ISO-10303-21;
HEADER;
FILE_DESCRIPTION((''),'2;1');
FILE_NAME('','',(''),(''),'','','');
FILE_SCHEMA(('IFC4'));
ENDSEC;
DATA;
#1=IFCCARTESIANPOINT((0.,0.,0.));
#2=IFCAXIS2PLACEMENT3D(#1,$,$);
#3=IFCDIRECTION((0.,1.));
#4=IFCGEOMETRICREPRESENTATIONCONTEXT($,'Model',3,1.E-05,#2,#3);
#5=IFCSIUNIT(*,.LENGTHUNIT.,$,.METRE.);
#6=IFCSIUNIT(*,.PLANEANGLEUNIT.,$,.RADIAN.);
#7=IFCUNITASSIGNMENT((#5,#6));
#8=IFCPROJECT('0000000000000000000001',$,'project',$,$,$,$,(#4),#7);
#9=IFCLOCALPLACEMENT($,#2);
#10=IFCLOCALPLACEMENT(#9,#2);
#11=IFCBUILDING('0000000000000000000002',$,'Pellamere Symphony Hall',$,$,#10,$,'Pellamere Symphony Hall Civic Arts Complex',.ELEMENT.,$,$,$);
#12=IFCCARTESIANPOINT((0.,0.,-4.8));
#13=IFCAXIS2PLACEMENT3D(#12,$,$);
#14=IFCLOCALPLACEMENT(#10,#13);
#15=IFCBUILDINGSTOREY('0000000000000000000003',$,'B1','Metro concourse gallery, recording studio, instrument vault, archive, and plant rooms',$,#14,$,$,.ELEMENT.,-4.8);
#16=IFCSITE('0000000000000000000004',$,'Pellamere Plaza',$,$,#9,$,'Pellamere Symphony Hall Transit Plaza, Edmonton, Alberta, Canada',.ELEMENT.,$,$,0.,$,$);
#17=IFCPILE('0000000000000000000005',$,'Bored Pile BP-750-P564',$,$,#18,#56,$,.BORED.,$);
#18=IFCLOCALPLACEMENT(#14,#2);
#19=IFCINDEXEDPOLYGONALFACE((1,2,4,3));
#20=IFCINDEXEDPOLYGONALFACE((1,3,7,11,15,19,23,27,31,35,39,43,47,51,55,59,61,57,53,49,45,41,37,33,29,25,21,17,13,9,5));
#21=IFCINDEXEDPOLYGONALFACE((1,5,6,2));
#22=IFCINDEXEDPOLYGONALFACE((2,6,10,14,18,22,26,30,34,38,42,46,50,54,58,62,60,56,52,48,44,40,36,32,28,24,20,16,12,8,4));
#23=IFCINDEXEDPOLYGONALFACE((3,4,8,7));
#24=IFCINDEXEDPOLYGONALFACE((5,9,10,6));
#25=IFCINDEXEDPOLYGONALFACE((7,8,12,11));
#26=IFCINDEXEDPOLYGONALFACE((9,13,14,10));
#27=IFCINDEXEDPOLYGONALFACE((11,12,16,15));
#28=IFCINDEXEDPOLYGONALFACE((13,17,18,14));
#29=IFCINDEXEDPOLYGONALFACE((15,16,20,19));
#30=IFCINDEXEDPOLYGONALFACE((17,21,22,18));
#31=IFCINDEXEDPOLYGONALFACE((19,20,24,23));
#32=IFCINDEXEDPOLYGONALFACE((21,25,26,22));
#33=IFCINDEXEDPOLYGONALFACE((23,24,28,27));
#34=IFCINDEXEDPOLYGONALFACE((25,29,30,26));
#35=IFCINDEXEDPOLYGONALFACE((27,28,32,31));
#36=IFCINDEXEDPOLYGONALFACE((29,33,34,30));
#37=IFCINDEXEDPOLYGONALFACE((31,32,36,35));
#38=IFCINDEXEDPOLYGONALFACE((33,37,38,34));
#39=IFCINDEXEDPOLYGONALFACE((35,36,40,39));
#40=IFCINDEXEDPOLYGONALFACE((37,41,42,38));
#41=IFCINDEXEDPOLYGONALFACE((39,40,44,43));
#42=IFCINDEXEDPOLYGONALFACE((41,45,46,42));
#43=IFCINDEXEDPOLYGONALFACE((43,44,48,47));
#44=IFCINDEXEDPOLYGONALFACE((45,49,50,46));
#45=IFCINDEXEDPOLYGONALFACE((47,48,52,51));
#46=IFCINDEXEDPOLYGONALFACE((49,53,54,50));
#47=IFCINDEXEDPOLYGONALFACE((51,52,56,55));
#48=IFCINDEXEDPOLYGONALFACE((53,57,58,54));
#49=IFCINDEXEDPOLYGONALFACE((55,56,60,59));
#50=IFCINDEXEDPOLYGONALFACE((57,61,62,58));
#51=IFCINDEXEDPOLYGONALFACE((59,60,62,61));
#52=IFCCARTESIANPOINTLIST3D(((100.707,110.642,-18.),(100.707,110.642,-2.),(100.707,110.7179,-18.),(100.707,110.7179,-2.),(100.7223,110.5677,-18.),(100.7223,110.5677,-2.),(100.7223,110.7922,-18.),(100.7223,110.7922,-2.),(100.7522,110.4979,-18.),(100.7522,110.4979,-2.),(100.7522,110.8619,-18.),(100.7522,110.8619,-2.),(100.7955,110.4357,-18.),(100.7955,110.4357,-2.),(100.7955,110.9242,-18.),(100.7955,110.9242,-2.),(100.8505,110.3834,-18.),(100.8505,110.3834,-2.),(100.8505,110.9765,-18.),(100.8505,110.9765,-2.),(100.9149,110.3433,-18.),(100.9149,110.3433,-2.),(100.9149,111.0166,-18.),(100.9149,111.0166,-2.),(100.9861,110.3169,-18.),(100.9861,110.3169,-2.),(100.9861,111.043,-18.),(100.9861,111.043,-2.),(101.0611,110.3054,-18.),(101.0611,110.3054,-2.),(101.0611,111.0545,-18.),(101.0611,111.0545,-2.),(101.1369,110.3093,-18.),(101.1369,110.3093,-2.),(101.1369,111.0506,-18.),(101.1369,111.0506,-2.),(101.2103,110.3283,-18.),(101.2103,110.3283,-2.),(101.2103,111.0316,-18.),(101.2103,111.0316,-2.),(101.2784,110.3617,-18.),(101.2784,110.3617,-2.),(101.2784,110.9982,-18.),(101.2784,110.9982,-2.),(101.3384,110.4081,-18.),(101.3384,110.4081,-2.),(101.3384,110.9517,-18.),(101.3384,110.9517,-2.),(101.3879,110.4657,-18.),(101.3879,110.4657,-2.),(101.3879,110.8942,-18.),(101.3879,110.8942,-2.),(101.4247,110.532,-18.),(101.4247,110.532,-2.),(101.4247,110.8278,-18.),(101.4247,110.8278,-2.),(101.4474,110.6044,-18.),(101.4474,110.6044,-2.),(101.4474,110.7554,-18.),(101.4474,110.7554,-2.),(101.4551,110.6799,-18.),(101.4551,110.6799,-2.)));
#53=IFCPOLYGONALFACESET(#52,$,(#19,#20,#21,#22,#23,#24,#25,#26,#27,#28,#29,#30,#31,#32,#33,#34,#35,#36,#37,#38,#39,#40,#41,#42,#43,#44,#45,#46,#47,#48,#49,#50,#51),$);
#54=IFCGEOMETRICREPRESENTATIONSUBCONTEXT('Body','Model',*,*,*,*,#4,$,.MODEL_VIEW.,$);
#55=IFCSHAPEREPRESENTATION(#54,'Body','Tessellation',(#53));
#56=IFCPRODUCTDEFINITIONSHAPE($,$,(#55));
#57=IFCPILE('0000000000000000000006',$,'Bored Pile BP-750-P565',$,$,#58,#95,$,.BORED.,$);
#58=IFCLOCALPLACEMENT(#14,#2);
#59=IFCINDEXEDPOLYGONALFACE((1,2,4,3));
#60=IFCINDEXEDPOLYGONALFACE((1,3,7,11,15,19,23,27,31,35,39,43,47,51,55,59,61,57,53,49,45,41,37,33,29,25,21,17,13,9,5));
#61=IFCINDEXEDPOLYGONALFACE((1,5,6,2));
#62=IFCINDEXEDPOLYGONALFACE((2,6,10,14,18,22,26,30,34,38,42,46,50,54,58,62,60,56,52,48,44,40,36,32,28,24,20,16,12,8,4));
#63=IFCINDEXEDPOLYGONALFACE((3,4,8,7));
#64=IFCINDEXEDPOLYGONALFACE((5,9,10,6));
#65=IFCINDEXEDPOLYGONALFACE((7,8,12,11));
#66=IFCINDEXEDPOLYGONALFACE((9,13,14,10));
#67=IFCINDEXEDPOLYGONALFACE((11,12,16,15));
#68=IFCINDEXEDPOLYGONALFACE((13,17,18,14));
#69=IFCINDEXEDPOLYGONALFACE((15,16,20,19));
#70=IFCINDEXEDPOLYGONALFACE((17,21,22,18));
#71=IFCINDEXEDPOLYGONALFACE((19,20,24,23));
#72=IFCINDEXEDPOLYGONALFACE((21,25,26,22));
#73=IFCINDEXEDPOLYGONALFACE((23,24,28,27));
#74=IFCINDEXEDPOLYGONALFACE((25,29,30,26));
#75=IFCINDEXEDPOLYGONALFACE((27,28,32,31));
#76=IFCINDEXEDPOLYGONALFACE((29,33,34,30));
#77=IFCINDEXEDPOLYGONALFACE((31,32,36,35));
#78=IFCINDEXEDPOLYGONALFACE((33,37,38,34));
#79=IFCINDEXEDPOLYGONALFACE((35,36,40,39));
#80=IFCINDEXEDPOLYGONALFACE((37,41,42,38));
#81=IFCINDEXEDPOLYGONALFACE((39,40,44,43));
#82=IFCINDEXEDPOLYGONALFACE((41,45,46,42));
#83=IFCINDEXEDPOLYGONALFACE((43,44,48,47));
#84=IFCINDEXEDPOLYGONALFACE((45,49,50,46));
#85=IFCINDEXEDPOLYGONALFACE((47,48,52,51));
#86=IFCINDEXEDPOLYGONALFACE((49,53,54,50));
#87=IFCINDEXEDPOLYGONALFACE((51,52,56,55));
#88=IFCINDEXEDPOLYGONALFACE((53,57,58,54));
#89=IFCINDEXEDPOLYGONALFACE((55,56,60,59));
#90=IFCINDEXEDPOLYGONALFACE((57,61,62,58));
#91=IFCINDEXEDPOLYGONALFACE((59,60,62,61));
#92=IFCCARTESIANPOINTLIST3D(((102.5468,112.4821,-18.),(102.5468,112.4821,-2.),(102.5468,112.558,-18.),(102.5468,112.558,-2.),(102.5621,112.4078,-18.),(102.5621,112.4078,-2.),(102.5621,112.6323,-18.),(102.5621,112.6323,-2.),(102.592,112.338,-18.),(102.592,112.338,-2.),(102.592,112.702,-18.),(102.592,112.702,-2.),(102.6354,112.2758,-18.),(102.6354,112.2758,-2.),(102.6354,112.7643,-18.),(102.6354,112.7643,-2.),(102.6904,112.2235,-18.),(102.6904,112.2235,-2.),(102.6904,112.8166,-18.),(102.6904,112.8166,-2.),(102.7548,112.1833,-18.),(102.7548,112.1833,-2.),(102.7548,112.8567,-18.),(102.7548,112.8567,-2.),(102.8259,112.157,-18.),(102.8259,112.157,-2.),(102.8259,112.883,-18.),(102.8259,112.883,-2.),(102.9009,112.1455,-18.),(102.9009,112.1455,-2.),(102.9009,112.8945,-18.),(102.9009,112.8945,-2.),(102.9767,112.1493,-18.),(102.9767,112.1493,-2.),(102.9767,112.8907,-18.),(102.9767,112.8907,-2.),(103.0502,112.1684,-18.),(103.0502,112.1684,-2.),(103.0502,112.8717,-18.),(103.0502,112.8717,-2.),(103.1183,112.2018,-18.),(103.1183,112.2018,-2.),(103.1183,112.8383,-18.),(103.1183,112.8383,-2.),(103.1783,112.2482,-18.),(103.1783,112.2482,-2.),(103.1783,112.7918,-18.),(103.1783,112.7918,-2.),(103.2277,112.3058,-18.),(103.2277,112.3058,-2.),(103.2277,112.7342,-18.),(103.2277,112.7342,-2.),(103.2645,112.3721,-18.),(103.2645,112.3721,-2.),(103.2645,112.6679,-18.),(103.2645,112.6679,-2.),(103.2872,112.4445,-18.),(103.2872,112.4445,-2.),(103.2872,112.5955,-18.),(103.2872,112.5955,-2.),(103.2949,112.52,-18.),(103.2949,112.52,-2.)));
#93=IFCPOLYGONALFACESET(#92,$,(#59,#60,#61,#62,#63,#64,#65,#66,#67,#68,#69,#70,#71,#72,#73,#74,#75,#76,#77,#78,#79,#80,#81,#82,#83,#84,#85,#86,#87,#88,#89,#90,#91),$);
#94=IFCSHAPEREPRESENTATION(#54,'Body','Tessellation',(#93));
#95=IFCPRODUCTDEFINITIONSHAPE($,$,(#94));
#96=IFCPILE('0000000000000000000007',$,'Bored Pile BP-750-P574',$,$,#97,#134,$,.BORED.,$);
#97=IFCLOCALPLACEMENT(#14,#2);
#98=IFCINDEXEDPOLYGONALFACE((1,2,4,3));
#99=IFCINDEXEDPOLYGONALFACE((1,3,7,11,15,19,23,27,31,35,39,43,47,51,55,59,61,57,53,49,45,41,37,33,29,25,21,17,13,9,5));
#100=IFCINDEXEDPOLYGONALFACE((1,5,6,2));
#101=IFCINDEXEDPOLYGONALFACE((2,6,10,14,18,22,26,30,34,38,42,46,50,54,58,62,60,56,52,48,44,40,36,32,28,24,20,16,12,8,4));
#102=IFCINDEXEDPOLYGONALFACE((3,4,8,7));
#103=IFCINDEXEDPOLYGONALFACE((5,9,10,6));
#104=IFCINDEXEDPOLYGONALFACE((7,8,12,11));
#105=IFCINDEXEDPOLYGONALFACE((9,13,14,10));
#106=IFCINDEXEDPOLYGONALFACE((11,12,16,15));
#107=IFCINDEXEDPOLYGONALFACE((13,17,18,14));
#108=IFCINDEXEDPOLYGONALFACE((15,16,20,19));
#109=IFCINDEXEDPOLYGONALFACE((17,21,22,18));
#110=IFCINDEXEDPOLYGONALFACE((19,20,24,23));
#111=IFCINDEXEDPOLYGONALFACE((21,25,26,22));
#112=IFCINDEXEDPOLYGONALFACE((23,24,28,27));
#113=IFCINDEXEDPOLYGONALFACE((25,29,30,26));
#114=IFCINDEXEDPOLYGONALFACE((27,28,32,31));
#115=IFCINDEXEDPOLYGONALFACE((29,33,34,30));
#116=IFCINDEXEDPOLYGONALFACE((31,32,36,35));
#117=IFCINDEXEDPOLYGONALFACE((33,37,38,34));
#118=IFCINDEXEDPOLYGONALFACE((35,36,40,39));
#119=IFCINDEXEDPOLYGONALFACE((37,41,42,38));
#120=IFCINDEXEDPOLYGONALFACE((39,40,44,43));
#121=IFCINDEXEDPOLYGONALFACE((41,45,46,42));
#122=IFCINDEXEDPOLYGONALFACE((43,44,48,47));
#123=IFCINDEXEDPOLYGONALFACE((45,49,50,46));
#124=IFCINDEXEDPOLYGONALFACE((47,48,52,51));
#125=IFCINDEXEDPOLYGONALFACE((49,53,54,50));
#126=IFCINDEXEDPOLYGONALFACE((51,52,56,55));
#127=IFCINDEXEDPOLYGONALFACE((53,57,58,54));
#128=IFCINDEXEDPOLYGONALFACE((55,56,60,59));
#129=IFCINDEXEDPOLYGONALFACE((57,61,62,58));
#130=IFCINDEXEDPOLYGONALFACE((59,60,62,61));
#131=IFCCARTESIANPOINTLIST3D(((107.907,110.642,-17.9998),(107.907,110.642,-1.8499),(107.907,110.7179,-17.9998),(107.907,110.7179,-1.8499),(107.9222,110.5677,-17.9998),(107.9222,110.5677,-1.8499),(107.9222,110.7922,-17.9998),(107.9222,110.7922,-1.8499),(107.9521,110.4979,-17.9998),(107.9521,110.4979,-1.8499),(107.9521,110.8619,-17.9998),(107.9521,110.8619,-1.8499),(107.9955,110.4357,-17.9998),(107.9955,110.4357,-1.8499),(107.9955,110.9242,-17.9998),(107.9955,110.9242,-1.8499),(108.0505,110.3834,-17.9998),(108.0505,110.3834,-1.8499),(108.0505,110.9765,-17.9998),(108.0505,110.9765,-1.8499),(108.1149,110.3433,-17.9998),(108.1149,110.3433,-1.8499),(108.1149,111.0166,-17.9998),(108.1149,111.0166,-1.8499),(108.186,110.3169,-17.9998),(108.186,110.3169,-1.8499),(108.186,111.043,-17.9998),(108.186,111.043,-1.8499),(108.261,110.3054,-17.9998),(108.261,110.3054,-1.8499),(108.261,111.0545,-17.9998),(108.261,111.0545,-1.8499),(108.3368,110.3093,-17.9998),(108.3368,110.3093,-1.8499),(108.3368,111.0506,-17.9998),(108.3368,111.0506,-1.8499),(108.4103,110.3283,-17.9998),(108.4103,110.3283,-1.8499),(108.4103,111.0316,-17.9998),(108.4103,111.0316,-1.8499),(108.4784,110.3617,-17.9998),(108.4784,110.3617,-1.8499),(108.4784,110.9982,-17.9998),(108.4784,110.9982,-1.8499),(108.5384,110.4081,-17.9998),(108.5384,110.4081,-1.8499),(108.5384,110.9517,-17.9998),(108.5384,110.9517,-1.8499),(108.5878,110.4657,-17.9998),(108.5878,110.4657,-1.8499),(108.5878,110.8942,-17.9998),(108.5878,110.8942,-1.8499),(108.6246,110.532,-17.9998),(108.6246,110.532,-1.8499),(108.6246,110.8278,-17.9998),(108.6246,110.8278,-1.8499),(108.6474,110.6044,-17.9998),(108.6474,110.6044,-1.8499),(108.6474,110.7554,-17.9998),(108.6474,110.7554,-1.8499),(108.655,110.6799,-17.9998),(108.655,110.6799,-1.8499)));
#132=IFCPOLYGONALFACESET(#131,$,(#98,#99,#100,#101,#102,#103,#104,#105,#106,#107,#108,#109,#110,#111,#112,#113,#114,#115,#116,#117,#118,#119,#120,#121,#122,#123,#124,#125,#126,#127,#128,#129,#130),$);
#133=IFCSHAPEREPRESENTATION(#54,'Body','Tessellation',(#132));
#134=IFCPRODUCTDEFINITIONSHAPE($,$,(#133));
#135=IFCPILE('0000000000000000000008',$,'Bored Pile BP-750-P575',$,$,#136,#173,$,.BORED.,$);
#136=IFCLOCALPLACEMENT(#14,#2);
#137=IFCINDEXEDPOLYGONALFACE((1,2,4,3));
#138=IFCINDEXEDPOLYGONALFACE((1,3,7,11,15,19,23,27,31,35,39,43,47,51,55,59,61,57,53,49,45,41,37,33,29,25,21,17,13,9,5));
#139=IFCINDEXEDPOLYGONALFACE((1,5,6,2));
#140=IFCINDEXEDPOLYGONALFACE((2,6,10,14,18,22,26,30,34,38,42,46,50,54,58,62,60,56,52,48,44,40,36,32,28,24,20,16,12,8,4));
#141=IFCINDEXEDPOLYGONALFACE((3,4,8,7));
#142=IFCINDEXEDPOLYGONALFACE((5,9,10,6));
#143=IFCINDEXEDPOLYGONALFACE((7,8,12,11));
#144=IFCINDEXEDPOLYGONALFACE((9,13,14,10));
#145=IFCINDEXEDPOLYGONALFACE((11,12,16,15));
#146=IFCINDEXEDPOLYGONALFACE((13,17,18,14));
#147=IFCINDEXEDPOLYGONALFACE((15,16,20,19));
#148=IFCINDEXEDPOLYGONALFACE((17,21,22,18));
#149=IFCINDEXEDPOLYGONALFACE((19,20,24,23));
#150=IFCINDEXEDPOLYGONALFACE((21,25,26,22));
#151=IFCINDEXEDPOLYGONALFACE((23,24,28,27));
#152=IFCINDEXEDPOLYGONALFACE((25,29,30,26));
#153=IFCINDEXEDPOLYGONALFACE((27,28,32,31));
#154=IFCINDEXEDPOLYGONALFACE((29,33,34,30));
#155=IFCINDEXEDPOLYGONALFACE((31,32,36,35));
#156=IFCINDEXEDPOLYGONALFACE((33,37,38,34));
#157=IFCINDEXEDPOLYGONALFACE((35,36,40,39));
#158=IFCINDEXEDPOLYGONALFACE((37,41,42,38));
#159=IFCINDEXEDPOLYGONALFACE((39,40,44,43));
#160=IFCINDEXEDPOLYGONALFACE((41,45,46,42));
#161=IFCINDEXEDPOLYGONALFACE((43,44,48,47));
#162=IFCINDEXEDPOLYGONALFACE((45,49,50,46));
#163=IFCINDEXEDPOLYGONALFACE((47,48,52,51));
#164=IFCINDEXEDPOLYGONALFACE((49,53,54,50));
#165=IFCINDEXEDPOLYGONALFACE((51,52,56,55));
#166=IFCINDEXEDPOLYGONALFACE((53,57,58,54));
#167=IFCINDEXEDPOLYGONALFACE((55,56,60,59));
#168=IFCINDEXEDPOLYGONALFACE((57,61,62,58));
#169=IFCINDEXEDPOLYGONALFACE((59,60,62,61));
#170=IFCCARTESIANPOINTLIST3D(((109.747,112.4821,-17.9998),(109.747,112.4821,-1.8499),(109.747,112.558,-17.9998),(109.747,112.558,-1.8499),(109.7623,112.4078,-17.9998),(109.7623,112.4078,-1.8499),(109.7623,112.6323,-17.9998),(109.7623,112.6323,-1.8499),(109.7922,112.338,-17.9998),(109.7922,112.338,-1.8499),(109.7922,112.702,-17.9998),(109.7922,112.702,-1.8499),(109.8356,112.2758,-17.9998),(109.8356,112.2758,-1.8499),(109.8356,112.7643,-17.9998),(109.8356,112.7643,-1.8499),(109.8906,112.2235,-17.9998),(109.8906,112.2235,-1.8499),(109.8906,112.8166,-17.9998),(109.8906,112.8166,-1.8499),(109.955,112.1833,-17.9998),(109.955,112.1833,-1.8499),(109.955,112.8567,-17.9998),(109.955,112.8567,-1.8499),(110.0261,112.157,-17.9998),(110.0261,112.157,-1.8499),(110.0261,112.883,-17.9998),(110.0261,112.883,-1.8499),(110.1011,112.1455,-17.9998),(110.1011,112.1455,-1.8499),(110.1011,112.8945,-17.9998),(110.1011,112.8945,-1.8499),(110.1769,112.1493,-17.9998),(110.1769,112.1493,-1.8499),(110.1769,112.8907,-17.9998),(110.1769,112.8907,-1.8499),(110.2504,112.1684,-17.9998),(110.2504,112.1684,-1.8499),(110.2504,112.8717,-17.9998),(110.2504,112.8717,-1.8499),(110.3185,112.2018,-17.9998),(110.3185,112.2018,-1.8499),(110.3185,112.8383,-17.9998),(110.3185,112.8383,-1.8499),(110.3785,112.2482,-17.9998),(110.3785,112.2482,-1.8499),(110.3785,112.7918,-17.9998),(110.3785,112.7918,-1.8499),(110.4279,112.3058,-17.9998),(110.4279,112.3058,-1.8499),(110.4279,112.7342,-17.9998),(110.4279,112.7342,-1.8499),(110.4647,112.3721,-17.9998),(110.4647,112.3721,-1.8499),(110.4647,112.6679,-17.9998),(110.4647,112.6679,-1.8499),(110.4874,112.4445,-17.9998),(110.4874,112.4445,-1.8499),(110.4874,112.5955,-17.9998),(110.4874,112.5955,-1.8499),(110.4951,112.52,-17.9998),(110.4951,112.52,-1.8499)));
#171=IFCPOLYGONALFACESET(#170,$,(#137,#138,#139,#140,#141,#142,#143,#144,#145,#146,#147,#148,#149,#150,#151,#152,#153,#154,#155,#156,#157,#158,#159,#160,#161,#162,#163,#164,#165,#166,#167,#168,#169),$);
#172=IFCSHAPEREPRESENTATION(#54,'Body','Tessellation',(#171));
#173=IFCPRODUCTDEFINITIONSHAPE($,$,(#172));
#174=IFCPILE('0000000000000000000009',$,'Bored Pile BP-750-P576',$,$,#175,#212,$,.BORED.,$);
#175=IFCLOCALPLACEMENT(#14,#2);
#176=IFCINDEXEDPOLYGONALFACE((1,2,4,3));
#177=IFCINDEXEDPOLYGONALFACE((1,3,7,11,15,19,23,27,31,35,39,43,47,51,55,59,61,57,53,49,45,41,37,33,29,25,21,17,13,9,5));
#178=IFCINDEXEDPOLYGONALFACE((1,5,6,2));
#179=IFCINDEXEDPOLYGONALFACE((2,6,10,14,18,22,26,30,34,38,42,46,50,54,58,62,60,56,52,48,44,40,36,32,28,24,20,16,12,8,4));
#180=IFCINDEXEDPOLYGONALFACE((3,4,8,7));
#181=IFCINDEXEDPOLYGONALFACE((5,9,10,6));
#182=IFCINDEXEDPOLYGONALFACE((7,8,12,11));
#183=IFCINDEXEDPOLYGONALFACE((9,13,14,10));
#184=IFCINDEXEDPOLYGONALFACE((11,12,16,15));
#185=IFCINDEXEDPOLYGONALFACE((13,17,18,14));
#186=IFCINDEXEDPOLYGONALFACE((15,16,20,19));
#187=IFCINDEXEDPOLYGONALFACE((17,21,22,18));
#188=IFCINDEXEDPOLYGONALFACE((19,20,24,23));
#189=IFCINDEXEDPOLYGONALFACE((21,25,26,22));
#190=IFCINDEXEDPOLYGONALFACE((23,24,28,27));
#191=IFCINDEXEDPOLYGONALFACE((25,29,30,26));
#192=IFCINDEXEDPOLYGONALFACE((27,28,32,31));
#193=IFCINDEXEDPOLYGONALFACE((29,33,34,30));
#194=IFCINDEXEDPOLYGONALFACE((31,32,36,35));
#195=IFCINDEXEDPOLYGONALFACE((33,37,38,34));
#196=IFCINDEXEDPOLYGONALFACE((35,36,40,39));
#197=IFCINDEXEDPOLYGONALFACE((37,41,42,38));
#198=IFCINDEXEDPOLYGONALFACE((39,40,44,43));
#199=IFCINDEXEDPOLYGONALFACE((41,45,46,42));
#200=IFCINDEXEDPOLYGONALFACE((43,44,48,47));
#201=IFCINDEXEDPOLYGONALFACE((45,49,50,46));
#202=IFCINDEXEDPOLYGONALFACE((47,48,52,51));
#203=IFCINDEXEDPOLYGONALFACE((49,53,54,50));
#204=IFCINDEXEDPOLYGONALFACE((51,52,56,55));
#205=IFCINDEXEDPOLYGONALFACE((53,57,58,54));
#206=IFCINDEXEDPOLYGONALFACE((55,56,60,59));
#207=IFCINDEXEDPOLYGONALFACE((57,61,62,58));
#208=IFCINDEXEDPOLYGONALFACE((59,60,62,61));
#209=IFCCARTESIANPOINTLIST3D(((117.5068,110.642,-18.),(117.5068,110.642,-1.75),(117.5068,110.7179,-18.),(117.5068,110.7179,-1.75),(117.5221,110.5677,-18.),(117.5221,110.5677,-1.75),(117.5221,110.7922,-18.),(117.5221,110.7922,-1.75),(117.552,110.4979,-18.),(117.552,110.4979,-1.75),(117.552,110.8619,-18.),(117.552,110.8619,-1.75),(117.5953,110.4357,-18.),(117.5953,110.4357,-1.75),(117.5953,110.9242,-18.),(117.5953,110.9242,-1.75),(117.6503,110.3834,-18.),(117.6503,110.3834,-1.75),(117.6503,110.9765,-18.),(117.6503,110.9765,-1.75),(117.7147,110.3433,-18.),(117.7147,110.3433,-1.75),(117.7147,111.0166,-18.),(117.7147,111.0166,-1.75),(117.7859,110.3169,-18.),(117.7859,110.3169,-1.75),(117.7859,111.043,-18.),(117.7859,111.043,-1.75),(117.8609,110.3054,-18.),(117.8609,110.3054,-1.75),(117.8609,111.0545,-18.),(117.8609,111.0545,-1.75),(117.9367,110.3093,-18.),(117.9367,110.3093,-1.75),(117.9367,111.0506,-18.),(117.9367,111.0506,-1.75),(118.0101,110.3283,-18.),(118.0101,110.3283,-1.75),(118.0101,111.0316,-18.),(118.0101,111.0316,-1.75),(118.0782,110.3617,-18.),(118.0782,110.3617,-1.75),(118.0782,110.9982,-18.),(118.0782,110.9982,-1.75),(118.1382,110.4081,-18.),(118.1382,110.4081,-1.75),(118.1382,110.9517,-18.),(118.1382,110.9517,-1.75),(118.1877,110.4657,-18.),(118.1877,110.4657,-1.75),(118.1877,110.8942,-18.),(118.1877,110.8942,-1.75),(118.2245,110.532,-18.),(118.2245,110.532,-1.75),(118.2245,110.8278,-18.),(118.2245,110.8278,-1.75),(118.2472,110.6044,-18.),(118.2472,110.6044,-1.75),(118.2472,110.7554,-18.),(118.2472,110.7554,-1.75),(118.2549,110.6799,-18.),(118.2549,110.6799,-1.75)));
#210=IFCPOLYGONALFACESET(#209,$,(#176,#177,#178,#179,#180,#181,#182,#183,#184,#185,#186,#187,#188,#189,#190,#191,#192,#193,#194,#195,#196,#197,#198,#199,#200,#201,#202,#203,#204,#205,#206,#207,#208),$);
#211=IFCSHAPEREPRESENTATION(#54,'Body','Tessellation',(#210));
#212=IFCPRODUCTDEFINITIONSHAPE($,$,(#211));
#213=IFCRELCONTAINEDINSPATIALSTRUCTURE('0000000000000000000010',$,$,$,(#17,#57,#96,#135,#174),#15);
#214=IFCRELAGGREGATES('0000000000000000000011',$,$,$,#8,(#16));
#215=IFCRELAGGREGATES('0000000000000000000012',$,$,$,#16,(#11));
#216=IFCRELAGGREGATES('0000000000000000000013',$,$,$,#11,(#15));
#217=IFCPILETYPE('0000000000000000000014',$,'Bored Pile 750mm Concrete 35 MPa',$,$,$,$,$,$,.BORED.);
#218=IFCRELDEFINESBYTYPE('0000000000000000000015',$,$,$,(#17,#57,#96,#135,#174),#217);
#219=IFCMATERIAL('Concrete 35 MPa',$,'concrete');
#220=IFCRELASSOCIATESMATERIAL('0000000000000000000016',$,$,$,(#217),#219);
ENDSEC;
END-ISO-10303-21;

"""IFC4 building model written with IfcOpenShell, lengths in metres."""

from ifc_helpers import new_model, si_unit, direction, frame, origin, origin_2d, place, context, subcontext, project, spatial, circle, extrude, material, material_profile, profile_set, type_object, element, save


model = new_model("IFC4")

# Units and contexts
model_context = context("Model", 3, precision=1e-05, world=origin(), true_north=direction((0.0, 1.0)))
body_context = subcontext(model_context, "Body", "Model", "MODEL_VIEW")
ifc_project = project(units=[si_unit("LENGTHUNIT", "METRE"), si_unit("PLANEANGLEUNIT", "RADIAN")], contexts=[model_context])

# Site, building, storey
site_placement = place(None, origin())
site = spatial("IfcSite", under=ifc_project, at=site_placement, Name="Pellamere Plaza", LongName="Pellamere Symphony Hall Transit Plaza, Edmonton, Alberta, Canada", CompositionType="ELEMENT", RefElevation=0.0)
building_placement = place(site_placement, origin())
building = spatial("IfcBuilding", under=site, at=building_placement, Name="Pellamere Symphony Hall", LongName="Pellamere Symphony Hall Civic Arts Complex", CompositionType="ELEMENT")
storey_placement = place(building_placement, frame((0.0, 0.0, -4.8)))
storey = spatial("IfcBuildingStorey", under=building, at=storey_placement, Name="B1", Description="Metro concourse gallery, recording studio, instrument vault, archive, and plant rooms", CompositionType="ELEMENT", Elevation=-4.8)

# Piles
ifc_material_1 = material(Name="Concrete 35 MPa", Category="concrete")
ifc_material_profile_1 = material_profile(ifc_material_1, circle(Radius=0.375, at=origin_2d()), Name="PILE D750")
ifc_profile_set_1 = profile_set([ifc_material_profile_1], Name="Concrete 35 MPa")
pile_type = type_object("IfcPileType", Name="Bored Pile 750mm Concrete 35 MPa", PredefinedType="BORED", material=ifc_profile_set_1)
for number, where, z_axis, x_axis, name in (
    (1, (101.0801, 110.6799, -2.0), (0.0, 0.0, -1.0), (1.0, 0.0, 0.0), "Bored Pile BP-750-P564"),
    (2, (102.9199, 112.52, -2.0), (0.0, 0.0, -1.0), (1.0, 0.0, 0.0), "Bored Pile BP-750-P565"),
):
    element("IfcPile", number, at=place(storey_placement, frame(where, z_axis=z_axis, x_axis=x_axis)), inside=storey, type_object=pile_type, Name=name, PredefinedType="BORED", context=body_context, shape_type="SweptSolid", body=[
        extrude(circle(Radius=0.375, at=origin_2d()), origin(), (0.0, 0.0, 1.0), 16.0),
    ])
for number, where, z_axis, x_axis, name in (
    (3, (108.28, 110.6799, -1.8499), (0.0, 0.0, -1.0), (1.0, 0.0, 0.0), "Bored Pile BP-750-P574"),
    (4, (110.1201, 112.52, -1.8499), (0.0, 0.0, -1.0), (1.0, 0.0, 0.0), "Bored Pile BP-750-P575"),
):
    element("IfcPile", number, at=place(storey_placement, frame(where, z_axis=z_axis, x_axis=x_axis)), inside=storey, type_object=pile_type, Name=name, PredefinedType="BORED", context=body_context, shape_type="SweptSolid", body=[
        extrude(circle(Radius=0.375, at=origin_2d()), origin(), (0.0, 0.0, 1.0), 16.1499),
    ])
pile_1_placement = place(storey_placement, frame((117.8799, 110.6799, -1.75), z_axis=(0.0, 0.0, -1.0), x_axis=(1.0, 0.0, 0.0)))
element("IfcPile", 5, at=pile_1_placement, inside=storey, type_object=pile_type, Name="Bored Pile BP-750-P576", PredefinedType="BORED", context=body_context, shape_type="SweptSolid", body=[
    extrude(circle(Radius=0.375, at=origin_2d()), origin(), (0.0, 0.0, 1.0), 16.25),
])

save(model, "model.ifc")
